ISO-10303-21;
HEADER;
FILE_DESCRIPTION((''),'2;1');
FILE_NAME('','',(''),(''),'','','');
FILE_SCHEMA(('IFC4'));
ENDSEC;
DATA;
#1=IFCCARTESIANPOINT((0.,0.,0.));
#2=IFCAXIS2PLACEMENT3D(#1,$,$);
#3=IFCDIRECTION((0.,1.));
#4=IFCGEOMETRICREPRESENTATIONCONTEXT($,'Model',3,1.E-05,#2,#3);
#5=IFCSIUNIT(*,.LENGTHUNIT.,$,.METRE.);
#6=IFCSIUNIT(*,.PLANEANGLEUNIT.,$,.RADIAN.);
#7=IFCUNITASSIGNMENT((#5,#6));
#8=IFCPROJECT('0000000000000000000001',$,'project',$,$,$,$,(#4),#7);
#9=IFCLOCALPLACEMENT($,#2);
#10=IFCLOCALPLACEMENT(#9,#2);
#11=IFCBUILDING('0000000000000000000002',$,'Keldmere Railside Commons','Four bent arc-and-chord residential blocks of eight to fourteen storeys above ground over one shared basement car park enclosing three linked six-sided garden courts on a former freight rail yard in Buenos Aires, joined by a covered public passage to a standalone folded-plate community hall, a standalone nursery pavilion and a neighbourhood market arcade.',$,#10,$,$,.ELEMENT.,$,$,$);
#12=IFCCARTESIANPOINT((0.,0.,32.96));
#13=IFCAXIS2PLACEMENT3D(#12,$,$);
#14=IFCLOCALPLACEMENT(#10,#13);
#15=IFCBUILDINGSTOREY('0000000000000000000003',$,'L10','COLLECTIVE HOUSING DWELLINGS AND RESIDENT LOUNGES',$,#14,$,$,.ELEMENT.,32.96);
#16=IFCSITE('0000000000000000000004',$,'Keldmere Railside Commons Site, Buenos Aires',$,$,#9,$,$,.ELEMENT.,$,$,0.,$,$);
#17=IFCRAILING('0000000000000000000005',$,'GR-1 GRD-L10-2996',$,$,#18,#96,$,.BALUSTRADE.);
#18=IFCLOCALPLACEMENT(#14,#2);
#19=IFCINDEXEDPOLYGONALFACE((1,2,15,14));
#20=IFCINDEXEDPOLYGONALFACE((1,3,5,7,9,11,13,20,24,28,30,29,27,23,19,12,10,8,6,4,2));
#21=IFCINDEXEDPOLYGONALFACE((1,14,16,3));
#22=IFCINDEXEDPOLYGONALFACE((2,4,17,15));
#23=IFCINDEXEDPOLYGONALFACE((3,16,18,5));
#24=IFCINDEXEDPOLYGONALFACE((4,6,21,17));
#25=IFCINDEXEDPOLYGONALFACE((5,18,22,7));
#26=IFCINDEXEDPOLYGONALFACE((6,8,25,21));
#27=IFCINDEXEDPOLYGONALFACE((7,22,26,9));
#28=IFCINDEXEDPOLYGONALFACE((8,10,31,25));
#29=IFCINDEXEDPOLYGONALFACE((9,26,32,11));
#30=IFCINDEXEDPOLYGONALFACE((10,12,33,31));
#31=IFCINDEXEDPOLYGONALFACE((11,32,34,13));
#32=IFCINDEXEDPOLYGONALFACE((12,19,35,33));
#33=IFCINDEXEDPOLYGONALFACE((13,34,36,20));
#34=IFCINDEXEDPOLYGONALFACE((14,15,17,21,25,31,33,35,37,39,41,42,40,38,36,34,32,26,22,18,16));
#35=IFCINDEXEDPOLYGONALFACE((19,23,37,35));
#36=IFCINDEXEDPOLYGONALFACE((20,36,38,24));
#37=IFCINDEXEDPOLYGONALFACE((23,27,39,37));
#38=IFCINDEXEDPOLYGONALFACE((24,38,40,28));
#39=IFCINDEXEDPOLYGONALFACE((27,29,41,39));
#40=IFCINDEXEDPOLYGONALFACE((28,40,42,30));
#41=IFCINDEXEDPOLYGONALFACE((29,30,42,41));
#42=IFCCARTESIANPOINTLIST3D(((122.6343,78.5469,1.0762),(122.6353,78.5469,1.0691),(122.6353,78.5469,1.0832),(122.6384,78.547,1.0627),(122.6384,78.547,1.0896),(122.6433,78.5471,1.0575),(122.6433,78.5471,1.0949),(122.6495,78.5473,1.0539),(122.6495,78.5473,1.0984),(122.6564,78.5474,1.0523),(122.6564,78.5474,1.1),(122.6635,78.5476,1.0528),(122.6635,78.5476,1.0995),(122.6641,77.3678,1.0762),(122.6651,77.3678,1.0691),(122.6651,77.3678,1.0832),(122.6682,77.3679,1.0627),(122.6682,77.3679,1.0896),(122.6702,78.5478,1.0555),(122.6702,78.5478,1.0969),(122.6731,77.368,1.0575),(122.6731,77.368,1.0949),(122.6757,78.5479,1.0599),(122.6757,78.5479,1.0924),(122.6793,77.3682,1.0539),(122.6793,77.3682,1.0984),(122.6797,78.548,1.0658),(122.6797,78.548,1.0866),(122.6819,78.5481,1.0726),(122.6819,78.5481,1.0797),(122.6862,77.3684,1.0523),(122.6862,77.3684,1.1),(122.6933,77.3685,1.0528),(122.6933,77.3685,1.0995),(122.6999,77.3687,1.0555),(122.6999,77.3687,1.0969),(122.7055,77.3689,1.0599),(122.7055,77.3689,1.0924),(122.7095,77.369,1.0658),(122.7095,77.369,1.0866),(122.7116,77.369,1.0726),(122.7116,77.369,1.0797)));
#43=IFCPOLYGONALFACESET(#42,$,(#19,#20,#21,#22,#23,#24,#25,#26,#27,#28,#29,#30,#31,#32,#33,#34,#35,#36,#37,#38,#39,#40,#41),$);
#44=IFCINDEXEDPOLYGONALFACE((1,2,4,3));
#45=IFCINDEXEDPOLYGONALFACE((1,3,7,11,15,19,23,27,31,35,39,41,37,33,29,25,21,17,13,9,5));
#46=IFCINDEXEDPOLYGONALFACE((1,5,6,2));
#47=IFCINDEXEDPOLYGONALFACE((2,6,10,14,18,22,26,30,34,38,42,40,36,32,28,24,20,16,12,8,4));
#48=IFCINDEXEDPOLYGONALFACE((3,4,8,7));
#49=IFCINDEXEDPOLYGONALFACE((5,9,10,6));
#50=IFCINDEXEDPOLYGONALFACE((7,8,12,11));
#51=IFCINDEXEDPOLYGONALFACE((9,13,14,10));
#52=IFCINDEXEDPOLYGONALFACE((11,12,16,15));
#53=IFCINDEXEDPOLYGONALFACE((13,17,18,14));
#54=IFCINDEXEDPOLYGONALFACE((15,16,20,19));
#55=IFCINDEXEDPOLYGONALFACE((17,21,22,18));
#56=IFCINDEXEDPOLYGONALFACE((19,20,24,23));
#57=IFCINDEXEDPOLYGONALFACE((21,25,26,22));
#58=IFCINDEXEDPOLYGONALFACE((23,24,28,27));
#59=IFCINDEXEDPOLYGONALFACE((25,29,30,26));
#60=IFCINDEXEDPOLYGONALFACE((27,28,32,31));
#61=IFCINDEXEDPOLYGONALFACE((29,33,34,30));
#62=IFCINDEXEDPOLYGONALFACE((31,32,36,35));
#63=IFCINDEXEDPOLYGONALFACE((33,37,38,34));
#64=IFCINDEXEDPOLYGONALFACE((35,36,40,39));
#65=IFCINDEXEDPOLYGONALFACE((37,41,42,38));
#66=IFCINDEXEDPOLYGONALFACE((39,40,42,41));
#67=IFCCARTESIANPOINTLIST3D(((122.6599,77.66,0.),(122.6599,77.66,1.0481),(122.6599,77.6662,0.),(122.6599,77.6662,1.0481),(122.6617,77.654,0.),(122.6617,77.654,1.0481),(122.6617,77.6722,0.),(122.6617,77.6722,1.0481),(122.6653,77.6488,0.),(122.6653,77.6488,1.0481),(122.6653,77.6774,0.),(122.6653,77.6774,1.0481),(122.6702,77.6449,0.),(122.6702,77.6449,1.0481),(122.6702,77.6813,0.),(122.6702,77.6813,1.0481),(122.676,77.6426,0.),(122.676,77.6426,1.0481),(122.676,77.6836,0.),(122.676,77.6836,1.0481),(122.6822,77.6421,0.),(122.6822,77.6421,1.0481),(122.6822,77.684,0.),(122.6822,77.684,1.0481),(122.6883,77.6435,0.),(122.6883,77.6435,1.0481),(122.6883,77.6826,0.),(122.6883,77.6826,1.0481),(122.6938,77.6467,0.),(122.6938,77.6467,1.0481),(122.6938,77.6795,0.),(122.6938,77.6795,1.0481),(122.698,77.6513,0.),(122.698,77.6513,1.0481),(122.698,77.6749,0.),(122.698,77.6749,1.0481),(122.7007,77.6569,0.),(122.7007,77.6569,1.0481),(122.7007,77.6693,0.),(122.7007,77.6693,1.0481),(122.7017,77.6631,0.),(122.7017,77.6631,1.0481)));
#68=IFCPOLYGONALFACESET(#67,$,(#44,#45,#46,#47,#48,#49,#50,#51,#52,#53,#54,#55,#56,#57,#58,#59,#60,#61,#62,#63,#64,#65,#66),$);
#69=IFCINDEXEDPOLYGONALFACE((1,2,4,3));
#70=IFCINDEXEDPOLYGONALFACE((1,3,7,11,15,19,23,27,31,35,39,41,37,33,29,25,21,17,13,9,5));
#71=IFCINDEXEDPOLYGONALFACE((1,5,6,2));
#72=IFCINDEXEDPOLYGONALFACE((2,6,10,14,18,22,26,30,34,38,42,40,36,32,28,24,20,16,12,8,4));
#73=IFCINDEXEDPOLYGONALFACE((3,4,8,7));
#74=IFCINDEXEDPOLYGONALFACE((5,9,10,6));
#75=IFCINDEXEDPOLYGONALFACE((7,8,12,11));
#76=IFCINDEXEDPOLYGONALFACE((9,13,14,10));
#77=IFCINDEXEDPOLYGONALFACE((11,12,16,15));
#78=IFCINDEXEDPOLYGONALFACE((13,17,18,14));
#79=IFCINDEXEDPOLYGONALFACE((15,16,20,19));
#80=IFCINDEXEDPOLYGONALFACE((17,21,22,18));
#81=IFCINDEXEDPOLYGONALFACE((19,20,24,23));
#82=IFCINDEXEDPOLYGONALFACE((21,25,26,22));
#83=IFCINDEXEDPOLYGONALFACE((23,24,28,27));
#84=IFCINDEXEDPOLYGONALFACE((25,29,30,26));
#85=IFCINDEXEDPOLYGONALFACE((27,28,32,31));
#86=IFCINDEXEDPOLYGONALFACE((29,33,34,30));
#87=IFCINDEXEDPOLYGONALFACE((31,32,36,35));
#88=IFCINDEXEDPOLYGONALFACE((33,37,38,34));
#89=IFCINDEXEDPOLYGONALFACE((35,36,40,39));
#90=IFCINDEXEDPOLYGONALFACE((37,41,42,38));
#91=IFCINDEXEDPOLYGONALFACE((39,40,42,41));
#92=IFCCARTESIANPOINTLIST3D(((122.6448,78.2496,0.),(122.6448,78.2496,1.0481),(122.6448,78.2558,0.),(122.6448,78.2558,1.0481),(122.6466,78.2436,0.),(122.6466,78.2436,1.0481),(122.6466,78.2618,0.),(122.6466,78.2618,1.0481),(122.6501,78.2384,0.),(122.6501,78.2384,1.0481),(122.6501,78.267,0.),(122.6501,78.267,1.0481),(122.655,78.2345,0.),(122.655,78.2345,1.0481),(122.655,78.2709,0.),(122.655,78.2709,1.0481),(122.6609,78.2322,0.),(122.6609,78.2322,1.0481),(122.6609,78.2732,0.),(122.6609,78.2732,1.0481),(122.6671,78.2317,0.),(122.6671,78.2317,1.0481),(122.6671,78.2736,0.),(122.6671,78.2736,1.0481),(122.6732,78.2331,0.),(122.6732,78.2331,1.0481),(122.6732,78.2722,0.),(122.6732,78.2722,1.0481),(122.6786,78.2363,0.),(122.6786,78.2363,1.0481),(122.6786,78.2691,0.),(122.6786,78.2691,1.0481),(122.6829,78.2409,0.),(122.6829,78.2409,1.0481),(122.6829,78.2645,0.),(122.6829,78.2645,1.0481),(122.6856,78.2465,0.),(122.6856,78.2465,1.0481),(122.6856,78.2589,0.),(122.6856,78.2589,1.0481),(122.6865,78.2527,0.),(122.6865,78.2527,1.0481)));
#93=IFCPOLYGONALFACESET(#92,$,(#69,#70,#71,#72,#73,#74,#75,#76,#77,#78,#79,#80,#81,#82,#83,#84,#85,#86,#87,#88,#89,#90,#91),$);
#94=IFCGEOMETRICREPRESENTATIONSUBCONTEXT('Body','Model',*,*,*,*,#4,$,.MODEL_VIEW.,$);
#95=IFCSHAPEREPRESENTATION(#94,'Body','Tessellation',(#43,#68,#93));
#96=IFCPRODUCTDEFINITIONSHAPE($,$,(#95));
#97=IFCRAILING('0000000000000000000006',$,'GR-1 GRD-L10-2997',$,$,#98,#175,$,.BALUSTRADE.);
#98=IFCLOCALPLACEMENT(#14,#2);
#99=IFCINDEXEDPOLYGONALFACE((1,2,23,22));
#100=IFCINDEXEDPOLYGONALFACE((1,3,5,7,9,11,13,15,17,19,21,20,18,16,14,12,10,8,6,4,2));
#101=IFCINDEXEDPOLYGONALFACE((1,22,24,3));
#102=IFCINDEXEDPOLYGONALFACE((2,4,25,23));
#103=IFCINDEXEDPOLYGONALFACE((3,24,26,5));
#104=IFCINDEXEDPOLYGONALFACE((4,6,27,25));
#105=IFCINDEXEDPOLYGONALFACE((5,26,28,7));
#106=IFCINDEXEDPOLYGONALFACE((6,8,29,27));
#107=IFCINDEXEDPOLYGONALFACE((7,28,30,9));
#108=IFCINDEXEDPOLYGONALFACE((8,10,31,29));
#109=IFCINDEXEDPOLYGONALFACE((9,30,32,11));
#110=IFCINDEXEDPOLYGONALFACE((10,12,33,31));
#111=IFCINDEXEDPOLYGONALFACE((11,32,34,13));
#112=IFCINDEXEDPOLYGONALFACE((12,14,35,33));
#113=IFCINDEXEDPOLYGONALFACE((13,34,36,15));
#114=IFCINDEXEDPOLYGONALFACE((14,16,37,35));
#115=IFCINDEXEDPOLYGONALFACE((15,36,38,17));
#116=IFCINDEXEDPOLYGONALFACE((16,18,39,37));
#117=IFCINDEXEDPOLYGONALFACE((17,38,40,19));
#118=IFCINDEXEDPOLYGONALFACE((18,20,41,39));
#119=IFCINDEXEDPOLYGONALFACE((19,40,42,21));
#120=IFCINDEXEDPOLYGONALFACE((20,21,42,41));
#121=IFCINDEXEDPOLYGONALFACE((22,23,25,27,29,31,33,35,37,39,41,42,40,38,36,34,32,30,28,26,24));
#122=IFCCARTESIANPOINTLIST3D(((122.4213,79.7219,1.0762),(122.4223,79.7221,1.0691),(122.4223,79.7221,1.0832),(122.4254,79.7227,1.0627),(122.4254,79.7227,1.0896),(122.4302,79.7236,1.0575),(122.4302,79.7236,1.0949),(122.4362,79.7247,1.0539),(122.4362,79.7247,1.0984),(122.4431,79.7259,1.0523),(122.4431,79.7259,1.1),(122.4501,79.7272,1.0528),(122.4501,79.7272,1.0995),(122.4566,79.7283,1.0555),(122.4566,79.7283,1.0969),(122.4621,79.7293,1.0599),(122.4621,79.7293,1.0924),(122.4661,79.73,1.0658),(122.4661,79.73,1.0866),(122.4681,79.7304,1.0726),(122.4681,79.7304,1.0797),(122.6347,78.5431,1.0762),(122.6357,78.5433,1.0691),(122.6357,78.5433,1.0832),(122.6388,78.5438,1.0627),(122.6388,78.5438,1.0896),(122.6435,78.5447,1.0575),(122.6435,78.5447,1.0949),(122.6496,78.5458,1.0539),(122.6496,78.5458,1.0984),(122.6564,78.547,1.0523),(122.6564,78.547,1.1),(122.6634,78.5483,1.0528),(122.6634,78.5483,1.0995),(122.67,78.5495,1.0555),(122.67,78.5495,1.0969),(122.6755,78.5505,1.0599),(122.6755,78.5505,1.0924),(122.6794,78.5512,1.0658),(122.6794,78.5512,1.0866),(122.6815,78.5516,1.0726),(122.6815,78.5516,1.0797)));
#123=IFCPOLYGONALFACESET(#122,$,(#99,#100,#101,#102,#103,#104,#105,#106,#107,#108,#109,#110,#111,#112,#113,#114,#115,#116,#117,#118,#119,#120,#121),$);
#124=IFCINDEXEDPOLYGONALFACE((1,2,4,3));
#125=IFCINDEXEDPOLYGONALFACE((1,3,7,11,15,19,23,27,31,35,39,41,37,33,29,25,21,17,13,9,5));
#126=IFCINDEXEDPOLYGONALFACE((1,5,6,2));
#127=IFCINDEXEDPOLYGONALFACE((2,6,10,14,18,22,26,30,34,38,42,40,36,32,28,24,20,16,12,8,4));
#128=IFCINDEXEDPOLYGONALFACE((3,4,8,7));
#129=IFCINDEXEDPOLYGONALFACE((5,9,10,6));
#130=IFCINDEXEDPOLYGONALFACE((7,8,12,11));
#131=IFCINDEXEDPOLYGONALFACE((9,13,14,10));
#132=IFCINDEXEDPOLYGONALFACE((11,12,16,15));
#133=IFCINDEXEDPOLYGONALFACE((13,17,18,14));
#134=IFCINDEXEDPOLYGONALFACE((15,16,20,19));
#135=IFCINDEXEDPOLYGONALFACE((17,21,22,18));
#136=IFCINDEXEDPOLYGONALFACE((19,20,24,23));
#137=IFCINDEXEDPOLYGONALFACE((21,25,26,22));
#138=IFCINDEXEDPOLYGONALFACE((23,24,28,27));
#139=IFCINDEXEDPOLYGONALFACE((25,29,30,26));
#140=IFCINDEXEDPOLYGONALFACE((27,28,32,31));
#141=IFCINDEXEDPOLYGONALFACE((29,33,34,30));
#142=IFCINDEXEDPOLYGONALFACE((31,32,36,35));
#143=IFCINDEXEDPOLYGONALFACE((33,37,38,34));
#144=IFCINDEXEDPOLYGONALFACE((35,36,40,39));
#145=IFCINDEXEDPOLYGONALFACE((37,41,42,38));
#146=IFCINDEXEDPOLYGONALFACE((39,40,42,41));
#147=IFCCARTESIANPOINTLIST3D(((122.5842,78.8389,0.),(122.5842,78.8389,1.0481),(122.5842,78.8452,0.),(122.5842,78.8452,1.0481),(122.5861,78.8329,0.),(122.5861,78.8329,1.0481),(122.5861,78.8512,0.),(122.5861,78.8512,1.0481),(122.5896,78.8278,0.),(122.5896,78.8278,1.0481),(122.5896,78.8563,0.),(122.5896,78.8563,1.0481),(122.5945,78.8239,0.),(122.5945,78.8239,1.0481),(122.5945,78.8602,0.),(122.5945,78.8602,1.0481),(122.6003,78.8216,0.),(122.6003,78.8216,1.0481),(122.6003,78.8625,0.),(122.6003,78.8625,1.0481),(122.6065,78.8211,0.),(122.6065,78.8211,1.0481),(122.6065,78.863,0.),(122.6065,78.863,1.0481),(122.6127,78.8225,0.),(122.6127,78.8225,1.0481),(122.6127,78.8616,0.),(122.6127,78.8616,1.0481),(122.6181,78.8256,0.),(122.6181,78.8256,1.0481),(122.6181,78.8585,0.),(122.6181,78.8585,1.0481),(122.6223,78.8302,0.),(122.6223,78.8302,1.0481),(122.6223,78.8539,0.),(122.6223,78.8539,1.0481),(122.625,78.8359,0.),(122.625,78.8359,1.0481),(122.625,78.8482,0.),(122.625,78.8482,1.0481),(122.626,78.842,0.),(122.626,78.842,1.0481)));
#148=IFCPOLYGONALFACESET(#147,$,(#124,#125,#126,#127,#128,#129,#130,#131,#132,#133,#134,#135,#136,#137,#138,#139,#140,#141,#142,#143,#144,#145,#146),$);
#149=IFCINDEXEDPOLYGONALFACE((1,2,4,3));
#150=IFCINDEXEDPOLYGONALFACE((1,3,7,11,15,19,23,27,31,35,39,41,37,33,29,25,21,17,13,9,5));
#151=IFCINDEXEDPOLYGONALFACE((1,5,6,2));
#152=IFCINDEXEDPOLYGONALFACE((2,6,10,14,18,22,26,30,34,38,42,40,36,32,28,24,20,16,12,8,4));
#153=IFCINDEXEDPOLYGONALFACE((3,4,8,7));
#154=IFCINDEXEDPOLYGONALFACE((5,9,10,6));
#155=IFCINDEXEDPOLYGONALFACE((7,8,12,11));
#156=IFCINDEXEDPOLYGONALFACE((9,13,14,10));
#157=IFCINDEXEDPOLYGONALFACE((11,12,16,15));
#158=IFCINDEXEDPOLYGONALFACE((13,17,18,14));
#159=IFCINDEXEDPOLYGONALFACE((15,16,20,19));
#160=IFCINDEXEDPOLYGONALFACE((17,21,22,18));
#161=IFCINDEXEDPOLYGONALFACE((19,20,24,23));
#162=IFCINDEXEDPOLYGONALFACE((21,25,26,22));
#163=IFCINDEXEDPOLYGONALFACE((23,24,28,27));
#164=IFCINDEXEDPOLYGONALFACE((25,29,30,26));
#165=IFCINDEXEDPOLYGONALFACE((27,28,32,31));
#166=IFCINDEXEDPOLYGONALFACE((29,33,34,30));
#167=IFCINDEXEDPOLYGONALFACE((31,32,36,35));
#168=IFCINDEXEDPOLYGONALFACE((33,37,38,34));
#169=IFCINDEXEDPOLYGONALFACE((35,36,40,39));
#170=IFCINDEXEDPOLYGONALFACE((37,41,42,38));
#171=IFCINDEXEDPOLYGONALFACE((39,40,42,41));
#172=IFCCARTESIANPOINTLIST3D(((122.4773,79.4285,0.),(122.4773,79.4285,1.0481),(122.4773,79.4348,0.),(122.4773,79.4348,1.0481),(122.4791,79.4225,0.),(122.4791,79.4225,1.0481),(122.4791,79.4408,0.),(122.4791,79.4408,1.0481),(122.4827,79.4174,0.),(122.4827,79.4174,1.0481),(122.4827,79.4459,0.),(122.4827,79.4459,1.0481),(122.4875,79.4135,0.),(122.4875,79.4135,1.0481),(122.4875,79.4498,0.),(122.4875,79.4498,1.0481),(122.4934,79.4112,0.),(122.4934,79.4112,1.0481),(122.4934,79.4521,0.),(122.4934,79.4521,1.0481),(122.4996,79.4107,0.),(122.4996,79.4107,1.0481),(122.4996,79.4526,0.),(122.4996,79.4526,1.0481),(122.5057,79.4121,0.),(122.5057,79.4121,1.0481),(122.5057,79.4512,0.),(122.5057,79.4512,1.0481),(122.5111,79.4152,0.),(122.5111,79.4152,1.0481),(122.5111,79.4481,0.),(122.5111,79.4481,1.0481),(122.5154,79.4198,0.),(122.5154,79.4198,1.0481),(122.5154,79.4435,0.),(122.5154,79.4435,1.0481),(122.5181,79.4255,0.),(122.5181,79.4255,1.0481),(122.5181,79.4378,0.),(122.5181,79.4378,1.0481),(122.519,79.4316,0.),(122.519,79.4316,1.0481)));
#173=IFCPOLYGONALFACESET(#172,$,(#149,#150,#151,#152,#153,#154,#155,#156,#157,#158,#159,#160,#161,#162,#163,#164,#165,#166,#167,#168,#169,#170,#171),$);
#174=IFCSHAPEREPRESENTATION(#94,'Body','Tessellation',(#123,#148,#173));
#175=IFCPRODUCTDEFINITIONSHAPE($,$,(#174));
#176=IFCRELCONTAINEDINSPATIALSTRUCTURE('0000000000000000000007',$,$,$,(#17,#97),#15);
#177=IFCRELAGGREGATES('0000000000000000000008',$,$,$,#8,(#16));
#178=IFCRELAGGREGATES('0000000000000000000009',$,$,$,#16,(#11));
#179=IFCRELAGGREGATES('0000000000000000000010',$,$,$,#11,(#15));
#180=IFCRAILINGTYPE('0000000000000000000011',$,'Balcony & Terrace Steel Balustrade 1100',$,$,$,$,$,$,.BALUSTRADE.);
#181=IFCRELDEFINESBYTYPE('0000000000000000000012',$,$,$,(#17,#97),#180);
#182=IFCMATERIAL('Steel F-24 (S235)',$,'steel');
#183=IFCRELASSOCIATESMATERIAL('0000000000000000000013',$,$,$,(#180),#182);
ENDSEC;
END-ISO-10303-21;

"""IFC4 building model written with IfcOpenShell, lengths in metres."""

from ifc_helpers import new_model, si_unit, direction, frame, origin, origin_2d, place, context, subcontext, project, spatial, circle, extrude, material, type_object, element, save


model = new_model("IFC4")

# Units and contexts
model_context = context("Model", 3, precision=1e-05, world=origin(), true_north=direction((0.0, 1.0)))
body_context = subcontext(model_context, "Body", "Model", "MODEL_VIEW")
ifc_project = project(units=[si_unit("LENGTHUNIT", "METRE"), si_unit("PLANEANGLEUNIT", "RADIAN")], contexts=[model_context])

# Site, building, storey
site_placement = place(None, origin())
site = spatial("IfcSite", under=ifc_project, at=site_placement, Name="Keldmere Railside Commons Site, Buenos Aires", CompositionType="ELEMENT", RefElevation=0.0)
building_placement = place(site_placement, origin())
building = spatial("IfcBuilding", under=site, at=building_placement, Name="Keldmere Railside Commons", Description="Four bent arc-and-chord residential blocks of eight to fourteen storeys above ground over one shared basement car park enclosing three linked six-sided garden courts on a former freight rail yard in Buenos Aires, joined by a covered public passage to a standalone folded-plate community hall, a standalone nursery pavilion and a neighbourhood market arcade.", CompositionType="ELEMENT")
storey_placement = place(building_placement, frame((0.0, 0.0, 32.96)))
storey = spatial("IfcBuildingStorey", under=building, at=storey_placement, Name="L10", Description="COLLECTIVE HOUSING DWELLINGS AND RESIDENT LOUNGES", CompositionType="ELEMENT", Elevation=32.96)

# Railings
ifc_material_1 = material(Name="Steel F-24 (S235)", Category="steel")
railing_type = type_object("IfcRailingType", Name="Balcony & Terrace Steel Balustrade 1100", PredefinedType="BALUSTRADE", material=ifc_material_1)
railing_1_placement = place(storey_placement, frame((122.688, 77.3684, 0.0)))
element("IfcRailing", 1, at=railing_1_placement, inside=storey, type_object=railing_type, Name="GR-1 GRD-L10-2996", PredefinedType="BALUSTRADE", context=body_context, shape_type="SweptSolid", body=[
    extrude(circle(Radius=0.0239, at=origin_2d()), frame((0.0, 0.0, 1.0762), z_axis=(-0.025256, 0.999681, 0.0), x_axis=(-0.999681, -0.025256, 0.0)), (0.0, 0.0, 1.0), 1.1794),
    extrude(circle(Radius=0.021, at=origin_2d()), frame((-0.0073, 0.2947, 0.0)), (0.0, 0.0, 1.0), 1.0481),
    extrude(circle(Radius=0.021, at=origin_2d()), frame((-0.0225, 0.8843, 0.0)), (0.0, 0.0, 1.0), 1.0481),
])
railing_2_placement = place(storey_placement, frame((122.6582, 78.5474, 0.0)))
element("IfcRailing", 2, at=railing_2_placement, inside=storey, type_object=railing_type, Name="GR-1 GRD-L10-2997", PredefinedType="BALUSTRADE", context=body_context, shape_type="SweptSolid", body=[
    extrude(circle(Radius=0.0239, at=origin_2d()), frame((0.0, 0.0, 1.0762), z_axis=(-0.178096, 0.984013, 0.0), x_axis=(-0.984013, -0.178096, 0.0)), (0.0, 0.0, 1.0), 1.198),
    extrude(circle(Radius=0.021, at=origin_2d()), frame((-0.0532, 0.2947, 0.0)), (0.0, 0.0, 1.0), 1.0481),
    extrude(circle(Radius=0.021, at=origin_2d()), frame((-0.1602, 0.8843, 0.0)), (0.0, 0.0, 1.0), 1.0481),
])

save(model, "model.ifc")
